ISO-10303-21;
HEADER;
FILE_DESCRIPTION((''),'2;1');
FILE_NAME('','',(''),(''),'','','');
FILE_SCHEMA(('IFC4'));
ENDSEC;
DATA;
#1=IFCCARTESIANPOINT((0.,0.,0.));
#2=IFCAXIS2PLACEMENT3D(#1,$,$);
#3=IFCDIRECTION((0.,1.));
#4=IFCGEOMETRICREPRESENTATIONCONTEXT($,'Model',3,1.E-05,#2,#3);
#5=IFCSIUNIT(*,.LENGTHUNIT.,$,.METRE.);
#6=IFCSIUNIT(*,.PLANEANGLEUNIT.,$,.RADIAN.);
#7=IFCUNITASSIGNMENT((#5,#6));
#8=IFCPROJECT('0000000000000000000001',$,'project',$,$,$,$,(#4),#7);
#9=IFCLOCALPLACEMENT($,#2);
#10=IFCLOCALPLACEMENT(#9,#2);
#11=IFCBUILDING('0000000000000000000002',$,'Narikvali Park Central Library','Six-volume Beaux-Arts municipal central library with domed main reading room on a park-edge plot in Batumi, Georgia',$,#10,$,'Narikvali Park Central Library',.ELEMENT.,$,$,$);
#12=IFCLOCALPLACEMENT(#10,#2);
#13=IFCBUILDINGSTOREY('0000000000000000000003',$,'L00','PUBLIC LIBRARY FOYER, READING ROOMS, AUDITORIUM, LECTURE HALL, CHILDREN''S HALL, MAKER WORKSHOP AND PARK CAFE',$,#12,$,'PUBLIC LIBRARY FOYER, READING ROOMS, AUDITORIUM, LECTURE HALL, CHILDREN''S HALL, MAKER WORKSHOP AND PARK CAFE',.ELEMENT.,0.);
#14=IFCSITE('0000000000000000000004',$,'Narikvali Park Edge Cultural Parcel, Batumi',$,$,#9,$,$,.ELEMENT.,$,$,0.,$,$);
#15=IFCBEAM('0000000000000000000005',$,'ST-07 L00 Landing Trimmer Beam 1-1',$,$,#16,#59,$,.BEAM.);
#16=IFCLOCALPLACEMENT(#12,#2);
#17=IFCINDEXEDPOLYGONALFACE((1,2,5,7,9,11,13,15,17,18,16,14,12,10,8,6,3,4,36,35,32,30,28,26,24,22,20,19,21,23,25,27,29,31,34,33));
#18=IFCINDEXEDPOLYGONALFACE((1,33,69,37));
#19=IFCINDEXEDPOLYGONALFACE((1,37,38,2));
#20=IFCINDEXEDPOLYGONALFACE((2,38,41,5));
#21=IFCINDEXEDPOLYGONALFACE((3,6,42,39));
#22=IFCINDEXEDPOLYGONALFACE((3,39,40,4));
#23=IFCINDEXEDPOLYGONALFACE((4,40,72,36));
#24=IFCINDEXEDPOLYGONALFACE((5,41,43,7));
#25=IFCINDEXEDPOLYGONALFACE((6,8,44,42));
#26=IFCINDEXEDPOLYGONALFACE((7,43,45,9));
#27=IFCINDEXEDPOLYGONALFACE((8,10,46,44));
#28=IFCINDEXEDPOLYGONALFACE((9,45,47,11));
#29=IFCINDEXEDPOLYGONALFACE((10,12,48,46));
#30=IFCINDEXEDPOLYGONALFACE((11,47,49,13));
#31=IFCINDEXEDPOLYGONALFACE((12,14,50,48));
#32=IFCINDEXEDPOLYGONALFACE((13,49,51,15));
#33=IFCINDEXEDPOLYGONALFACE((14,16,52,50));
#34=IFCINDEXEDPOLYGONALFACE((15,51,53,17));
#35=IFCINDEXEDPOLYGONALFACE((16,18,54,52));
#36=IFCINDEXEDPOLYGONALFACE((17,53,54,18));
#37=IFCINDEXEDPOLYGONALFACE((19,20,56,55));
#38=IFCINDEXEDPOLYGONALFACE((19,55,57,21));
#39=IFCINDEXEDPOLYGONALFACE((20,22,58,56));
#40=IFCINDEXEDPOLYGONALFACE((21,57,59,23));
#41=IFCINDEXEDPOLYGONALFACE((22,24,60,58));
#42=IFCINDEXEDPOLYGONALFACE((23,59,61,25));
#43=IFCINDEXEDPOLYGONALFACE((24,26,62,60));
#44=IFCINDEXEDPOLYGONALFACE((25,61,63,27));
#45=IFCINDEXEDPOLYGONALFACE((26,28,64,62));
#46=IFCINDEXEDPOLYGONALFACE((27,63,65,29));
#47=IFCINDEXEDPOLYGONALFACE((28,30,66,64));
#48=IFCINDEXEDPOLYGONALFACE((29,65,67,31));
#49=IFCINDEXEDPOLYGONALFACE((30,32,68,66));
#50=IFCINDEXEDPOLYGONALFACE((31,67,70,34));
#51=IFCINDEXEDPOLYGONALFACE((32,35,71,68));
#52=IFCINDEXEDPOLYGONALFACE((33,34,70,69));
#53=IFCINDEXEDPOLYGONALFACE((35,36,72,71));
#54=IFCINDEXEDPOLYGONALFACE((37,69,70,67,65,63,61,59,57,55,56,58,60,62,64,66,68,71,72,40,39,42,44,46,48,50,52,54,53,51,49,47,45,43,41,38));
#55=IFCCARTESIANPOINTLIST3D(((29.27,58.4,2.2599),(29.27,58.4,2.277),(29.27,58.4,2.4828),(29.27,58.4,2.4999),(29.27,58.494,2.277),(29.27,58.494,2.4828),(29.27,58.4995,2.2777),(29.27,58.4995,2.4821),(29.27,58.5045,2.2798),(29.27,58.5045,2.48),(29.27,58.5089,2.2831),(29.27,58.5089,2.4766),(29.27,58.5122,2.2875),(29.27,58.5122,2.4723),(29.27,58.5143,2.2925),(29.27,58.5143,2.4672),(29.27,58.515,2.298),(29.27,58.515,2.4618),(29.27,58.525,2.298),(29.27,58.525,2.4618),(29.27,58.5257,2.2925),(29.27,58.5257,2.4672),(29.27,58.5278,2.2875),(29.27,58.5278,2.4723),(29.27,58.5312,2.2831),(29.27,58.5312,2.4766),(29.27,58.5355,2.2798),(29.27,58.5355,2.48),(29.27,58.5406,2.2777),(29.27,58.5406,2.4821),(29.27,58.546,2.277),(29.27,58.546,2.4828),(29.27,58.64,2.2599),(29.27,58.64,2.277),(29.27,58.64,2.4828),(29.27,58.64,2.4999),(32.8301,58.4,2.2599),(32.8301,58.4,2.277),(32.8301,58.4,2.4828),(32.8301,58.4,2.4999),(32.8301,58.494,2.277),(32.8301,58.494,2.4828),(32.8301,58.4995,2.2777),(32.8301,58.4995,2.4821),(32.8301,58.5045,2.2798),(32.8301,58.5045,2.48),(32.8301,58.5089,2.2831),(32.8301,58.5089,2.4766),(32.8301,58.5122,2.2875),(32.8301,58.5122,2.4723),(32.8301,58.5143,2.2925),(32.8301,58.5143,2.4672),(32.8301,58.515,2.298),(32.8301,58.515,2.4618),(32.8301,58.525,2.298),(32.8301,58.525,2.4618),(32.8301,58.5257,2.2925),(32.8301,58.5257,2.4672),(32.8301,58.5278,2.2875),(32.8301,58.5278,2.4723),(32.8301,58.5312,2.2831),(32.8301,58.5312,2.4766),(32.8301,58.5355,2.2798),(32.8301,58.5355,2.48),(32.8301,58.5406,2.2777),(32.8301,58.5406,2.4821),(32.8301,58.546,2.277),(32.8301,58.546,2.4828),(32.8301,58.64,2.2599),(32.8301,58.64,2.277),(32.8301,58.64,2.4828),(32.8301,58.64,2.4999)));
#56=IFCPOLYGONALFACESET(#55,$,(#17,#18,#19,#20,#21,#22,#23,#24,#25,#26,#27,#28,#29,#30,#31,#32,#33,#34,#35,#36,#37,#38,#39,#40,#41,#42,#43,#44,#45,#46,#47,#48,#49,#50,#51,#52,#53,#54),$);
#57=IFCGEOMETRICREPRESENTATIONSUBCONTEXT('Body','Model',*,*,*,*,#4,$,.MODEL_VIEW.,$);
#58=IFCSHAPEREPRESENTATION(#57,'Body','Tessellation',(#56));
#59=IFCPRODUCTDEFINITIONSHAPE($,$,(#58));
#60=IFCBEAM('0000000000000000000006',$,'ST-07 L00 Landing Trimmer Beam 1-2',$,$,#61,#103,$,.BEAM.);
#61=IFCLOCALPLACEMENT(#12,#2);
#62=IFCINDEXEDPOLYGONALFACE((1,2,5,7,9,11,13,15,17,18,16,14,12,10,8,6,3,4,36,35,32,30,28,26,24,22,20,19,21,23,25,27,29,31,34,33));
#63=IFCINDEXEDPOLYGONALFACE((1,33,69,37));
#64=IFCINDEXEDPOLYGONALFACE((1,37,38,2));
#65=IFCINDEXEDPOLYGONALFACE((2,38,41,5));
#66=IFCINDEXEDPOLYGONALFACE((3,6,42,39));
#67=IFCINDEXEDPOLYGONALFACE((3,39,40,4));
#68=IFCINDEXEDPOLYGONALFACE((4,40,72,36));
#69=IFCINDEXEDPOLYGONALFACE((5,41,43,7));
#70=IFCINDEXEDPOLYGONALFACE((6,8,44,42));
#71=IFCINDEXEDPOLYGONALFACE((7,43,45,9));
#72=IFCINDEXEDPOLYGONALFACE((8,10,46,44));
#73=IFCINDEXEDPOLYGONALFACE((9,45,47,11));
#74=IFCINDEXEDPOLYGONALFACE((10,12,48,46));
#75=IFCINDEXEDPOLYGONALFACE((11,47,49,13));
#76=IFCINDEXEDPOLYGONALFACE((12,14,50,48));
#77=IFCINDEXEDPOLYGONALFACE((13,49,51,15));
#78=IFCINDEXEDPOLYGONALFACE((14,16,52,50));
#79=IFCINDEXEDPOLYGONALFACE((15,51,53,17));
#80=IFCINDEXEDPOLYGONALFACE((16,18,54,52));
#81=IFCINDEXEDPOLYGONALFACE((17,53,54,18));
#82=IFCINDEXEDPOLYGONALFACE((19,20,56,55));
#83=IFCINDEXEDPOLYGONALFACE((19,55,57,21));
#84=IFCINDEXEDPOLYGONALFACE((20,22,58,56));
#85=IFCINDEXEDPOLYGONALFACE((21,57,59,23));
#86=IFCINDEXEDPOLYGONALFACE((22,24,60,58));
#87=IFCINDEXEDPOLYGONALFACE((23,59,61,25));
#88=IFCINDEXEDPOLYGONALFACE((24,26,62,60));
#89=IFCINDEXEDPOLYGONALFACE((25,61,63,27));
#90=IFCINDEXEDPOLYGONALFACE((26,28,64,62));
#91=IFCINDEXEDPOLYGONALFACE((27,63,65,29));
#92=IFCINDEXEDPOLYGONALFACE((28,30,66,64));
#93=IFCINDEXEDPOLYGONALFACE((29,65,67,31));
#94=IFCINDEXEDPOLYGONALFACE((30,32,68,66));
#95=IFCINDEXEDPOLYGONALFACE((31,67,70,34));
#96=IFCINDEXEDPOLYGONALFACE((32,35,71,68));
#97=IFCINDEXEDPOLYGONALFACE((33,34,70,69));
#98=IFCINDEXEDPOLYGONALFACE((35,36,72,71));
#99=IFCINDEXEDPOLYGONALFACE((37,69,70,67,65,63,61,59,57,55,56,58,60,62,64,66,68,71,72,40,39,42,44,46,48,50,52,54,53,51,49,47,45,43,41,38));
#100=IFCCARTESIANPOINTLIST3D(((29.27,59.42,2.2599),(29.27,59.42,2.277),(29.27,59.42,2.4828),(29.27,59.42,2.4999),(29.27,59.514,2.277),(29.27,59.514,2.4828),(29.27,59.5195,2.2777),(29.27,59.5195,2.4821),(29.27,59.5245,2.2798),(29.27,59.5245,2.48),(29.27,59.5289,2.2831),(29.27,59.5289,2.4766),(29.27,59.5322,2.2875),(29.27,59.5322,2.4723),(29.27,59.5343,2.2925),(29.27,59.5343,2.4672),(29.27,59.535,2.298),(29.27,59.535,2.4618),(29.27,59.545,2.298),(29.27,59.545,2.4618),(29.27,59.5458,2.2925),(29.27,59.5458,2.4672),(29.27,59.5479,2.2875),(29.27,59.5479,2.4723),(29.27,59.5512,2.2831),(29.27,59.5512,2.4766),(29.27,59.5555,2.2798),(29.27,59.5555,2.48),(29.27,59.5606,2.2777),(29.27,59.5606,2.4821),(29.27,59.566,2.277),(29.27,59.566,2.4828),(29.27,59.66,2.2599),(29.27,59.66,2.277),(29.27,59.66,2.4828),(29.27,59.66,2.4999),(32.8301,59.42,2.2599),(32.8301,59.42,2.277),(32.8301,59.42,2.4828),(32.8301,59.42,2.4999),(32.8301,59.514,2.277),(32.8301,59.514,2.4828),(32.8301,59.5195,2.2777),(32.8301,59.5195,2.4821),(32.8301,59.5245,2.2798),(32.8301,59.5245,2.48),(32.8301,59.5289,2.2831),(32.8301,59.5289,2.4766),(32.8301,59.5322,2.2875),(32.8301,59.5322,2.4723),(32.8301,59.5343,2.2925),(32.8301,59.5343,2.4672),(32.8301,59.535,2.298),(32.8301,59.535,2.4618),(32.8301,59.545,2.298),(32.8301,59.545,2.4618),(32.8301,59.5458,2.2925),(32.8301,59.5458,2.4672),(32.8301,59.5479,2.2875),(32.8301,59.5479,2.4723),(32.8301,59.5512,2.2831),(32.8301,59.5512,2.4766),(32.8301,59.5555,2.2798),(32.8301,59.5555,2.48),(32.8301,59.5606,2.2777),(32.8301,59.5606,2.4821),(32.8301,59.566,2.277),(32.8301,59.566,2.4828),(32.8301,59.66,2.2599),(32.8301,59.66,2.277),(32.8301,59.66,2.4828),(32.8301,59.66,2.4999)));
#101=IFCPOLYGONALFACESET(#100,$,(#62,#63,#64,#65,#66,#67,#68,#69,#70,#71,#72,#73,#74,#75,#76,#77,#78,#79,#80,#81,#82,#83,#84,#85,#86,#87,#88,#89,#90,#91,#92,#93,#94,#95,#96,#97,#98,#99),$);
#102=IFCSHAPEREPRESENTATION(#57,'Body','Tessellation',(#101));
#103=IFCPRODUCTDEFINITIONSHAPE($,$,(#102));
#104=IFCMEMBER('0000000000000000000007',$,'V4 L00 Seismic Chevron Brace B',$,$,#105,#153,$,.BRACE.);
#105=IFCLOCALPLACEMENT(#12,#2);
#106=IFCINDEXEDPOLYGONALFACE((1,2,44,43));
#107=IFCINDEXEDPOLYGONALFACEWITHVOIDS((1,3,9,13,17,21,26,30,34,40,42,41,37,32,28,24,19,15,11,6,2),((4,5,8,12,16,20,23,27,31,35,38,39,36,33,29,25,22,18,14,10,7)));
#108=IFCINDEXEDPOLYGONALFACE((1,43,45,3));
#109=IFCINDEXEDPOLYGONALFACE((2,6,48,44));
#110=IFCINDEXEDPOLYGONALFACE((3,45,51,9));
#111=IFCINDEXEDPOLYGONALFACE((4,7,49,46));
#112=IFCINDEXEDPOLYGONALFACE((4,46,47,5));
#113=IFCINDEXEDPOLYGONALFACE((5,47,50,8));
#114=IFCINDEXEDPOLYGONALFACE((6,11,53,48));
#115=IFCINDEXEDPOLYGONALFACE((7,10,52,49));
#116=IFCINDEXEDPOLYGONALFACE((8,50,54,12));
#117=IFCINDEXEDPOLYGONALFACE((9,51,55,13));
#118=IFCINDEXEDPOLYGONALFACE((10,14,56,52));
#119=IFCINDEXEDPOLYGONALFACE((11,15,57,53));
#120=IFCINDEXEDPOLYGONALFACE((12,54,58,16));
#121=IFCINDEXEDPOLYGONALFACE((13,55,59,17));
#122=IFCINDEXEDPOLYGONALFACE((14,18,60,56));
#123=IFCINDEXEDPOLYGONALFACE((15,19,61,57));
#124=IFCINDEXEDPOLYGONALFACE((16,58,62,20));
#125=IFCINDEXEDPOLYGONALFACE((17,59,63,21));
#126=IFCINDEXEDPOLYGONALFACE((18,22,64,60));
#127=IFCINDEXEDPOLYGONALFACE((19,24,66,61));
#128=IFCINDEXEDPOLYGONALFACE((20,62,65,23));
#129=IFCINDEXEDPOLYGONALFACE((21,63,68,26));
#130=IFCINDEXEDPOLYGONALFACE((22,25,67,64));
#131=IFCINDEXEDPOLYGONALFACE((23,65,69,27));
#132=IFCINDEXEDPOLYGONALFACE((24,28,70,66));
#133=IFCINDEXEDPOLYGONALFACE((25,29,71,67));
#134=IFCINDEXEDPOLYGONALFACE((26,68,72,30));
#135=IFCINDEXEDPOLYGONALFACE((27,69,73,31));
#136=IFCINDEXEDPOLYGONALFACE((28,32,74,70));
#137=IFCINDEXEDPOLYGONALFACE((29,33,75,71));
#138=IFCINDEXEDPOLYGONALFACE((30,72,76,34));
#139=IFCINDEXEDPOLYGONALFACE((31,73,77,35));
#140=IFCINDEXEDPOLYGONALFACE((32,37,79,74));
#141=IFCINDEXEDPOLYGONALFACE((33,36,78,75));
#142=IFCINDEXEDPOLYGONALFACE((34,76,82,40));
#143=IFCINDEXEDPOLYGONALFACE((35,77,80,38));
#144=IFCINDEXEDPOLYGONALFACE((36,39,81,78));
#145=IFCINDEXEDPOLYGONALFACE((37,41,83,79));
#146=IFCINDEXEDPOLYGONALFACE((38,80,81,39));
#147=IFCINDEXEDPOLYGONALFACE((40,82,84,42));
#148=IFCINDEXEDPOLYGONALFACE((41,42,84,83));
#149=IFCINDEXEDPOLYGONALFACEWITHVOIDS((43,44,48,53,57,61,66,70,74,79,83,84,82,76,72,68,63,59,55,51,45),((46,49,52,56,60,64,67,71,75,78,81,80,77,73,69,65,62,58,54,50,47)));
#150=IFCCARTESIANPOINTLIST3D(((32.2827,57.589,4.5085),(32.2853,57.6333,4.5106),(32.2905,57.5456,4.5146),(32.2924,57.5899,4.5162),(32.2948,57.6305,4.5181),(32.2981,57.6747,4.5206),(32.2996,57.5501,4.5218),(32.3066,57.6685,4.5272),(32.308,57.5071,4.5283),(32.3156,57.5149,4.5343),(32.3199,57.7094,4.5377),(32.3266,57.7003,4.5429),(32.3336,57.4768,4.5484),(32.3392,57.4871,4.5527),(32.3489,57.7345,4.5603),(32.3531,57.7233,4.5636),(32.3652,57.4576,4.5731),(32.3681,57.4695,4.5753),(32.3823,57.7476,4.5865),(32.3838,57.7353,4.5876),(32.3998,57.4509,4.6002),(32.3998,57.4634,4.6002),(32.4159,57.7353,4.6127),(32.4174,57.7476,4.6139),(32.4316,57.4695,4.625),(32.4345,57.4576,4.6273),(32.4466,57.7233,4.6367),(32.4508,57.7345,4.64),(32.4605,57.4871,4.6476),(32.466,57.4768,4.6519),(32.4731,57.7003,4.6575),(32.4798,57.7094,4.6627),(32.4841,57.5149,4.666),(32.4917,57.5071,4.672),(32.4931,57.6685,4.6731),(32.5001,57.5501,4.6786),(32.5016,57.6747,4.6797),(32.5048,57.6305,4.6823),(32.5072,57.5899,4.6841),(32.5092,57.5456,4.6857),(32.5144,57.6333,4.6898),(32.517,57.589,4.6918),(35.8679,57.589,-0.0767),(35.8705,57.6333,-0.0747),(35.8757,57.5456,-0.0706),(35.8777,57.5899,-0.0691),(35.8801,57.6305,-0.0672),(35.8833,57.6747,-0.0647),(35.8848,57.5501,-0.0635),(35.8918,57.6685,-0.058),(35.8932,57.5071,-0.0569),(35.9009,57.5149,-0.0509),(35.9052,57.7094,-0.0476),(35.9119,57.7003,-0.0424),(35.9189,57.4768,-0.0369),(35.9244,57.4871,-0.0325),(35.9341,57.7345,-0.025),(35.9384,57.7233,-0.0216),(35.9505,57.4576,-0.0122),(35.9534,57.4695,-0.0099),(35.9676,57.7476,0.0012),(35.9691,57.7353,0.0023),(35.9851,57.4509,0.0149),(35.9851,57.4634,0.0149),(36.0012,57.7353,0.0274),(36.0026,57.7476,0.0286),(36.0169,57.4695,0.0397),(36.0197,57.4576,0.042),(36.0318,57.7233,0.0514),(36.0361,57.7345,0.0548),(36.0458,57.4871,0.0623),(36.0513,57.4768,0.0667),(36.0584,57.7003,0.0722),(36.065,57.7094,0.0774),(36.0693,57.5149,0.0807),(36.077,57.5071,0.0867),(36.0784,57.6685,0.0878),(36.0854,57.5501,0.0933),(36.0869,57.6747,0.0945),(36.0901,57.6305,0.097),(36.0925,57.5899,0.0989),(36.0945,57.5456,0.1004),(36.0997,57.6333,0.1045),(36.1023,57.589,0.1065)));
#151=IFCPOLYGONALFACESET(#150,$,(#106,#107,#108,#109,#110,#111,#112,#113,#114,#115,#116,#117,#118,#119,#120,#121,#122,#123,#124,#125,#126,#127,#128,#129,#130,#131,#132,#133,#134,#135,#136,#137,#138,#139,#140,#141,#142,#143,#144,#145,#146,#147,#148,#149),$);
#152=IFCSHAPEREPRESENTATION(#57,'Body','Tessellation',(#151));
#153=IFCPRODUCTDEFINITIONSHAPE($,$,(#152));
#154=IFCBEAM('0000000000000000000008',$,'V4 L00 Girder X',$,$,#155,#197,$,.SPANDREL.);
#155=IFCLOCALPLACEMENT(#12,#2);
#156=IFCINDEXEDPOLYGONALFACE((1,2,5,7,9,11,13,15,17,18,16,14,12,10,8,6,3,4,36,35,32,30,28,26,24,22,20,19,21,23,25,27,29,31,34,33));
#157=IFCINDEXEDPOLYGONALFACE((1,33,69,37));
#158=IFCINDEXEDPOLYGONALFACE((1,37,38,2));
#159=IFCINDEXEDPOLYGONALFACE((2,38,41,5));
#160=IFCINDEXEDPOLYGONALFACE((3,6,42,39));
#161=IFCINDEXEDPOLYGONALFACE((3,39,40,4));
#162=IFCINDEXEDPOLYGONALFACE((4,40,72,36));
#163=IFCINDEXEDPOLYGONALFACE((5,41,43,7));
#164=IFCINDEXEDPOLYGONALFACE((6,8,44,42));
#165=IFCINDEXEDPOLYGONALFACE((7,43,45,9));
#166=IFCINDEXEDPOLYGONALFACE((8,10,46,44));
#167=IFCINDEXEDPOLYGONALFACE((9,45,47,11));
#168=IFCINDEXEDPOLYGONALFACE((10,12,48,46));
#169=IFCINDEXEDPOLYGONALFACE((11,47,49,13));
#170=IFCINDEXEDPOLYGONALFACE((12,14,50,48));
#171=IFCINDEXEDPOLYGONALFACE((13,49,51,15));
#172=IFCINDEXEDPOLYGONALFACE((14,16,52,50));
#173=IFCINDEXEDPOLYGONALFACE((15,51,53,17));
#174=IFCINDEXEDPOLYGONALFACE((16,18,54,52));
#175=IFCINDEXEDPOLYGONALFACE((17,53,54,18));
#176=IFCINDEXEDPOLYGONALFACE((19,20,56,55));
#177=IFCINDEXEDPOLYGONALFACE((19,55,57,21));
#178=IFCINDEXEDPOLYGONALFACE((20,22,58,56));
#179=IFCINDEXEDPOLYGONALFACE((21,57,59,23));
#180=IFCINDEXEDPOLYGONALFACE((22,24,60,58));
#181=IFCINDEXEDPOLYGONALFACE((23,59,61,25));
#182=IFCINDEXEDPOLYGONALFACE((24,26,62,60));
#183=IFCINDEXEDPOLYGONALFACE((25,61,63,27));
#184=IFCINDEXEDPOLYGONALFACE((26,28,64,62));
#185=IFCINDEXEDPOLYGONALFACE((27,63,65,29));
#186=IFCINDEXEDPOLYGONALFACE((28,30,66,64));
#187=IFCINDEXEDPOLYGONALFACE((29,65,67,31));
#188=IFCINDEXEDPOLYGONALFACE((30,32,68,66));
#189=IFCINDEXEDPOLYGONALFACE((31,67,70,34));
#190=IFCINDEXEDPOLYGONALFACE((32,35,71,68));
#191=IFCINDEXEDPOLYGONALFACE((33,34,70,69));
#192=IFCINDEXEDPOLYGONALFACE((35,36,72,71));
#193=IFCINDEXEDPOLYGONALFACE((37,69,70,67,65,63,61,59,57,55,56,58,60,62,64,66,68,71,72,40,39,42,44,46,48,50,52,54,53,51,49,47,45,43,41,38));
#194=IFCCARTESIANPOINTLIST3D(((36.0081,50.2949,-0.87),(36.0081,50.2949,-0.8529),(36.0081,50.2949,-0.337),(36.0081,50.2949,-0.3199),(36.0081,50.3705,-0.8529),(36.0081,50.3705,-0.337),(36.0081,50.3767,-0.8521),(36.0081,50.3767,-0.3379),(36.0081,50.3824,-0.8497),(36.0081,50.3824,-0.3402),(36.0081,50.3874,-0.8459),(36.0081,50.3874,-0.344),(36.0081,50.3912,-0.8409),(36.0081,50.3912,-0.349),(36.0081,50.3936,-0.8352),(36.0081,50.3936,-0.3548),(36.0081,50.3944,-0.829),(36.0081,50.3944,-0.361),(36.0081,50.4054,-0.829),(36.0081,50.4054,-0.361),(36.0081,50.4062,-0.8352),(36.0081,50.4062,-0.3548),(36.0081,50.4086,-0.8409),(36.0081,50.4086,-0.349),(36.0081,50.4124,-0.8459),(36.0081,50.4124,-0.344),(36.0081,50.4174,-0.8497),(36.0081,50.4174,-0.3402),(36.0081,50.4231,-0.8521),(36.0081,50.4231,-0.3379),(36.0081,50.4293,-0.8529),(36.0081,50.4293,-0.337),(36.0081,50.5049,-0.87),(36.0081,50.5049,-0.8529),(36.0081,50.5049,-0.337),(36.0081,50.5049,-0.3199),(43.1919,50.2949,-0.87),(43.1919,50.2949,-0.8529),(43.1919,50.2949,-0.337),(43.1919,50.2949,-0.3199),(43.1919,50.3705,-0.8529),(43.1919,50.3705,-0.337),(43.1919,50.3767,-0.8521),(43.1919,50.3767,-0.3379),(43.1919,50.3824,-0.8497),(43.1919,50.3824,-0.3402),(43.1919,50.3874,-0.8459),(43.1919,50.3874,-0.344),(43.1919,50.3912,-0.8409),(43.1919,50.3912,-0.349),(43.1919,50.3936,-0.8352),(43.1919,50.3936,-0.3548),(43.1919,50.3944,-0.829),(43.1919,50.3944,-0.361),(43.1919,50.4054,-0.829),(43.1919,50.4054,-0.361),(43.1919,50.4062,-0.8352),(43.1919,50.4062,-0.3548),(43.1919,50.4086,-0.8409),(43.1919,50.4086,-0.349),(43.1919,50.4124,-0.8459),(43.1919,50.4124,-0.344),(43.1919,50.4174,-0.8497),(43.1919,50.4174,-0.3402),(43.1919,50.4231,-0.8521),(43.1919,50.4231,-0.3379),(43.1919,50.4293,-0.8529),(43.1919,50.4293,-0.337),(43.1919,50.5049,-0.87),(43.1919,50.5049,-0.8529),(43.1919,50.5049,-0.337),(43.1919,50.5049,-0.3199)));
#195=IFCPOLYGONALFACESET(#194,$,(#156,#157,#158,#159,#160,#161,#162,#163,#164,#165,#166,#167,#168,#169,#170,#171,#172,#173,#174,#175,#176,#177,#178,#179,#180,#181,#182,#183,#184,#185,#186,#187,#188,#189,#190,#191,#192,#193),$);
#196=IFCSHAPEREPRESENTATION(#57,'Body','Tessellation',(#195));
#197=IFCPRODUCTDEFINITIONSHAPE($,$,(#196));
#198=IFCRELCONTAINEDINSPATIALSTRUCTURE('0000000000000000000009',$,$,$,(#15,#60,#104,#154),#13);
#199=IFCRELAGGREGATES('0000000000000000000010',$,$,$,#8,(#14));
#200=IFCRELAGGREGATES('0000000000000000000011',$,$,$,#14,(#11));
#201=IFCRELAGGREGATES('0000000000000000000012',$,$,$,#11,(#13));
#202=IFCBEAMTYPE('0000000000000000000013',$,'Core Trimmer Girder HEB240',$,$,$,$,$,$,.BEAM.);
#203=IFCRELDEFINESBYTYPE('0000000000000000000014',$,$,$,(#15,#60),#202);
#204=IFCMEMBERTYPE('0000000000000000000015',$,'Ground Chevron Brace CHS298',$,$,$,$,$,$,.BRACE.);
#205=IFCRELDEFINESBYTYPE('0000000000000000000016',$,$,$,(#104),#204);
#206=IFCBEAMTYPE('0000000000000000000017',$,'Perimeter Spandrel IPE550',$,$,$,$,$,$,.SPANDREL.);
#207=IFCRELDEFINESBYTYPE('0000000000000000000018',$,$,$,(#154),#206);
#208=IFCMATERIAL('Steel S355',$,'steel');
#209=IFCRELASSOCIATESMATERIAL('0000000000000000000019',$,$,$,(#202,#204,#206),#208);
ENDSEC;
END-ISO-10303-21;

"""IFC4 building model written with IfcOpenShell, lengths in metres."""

from ifc_helpers import new_model, si_unit, direction, frame, origin, origin_2d, place, context, subcontext, project, spatial, hollow_circle, i_section, extrude, material, material_profile, profile_set, type_object, element, save


model = new_model("IFC4")

# Units and contexts
model_context = context("Model", 3, precision=1e-05, world=origin(), true_north=direction((0.0, 1.0)))
body_context = subcontext(model_context, "Body", "Model", "MODEL_VIEW")
ifc_project = project(units=[si_unit("LENGTHUNIT", "METRE"), si_unit("PLANEANGLEUNIT", "RADIAN")], contexts=[model_context])

# Site, building, storey
site_placement = place(None, origin())
site = spatial("IfcSite", under=ifc_project, at=site_placement, Name="Narikvali Park Edge Cultural Parcel, Batumi", CompositionType="ELEMENT", RefElevation=0.0)
building_placement = place(site_placement, origin())
building = spatial("IfcBuilding", under=site, at=building_placement, Name="Narikvali Park Central Library", Description="Six-volume Beaux-Arts municipal central library with domed main reading room on a park-edge plot in Batumi, Georgia", LongName="Narikvali Park Central Library", CompositionType="ELEMENT")
storey_placement = place(building_placement, origin())
storey = spatial("IfcBuildingStorey", under=building, at=storey_placement, Name="L00", Description="PUBLIC LIBRARY FOYER, READING ROOMS, AUDITORIUM, LECTURE HALL, CHILDREN'S HALL, MAKER WORKSHOP AND PARK CAFE", LongName="PUBLIC LIBRARY FOYER, READING ROOMS, AUDITORIUM, LECTURE HALL, CHILDREN'S HALL, MAKER WORKSHOP AND PARK CAFE", CompositionType="ELEMENT", Elevation=0.0)

# Shared definitions
ifc_material_1 = material(Name="Steel S355", Category="steel")

# Beams
ifc_material_profile_1 = material_profile(ifc_material_1, i_section(OverallWidth=0.24, OverallDepth=0.24, WebThickness=0.01, FlangeThickness=0.0171, FilletRadius=0.021, at=origin_2d()), Name="HEB 240")
ifc_profile_set_1 = profile_set([ifc_material_profile_1], Name="Steel S355")
beam_type_1 = type_object("IfcBeamType", Name="Core Trimmer Girder HEB240", PredefinedType="BEAM", material=ifc_profile_set_1)
for number, where, z_axis, x_axis, name in (
    (1, (29.27, 58.52, 2.3799), (1.0, 0.0, 0.0), (0.0, 1.0, 0.0), "ST-07 L00 Landing Trimmer Beam 1-1"),
    (2, (29.27, 59.54, 2.3799), (1.0, 0.0, 0.0), (0.0, 1.0, 0.0), "ST-07 L00 Landing Trimmer Beam 1-2"),
):
    element("IfcBeam", number, at=place(storey_placement, frame(where, z_axis=z_axis, x_axis=x_axis)), inside=storey, type_object=beam_type_1, Name=name, PredefinedType="BEAM", context=body_context, shape_type="SweptSolid", body=[
        extrude(i_section(OverallWidth=0.24, OverallDepth=0.24, WebThickness=0.01, FlangeThickness=0.0171, FilletRadius=0.021, at=origin_2d()), origin(), (0.0, 0.0, 1.0), 3.5601),
    ])

# Member
ifc_material_profile_2 = material_profile(ifc_material_1, hollow_circle(Radius=0.1492, WallThickness=0.0125, at=origin_2d()), Name="CHS 298.5x12.5")
ifc_profile_set_2 = profile_set([ifc_material_profile_2], Name="Steel S355")
member_type = type_object("IfcMemberType", Name="Ground Chevron Brace CHS298", PredefinedType="BRACE", material=ifc_profile_set_2)
member_placement = place(storey_placement, frame((35.9851, 57.6001, 0.0149), z_axis=(-0.615966, 0.0, 0.787773), x_axis=(0.0, -1.0, 0.0)))
element("IfcMember", 3, at=member_placement, inside=storey, type_object=member_type, Name="V4 L00 Seismic Chevron Brace B", PredefinedType="BRACE", context=body_context, shape_type="SweptSolid", body=[
    extrude(hollow_circle(Radius=0.1492, WallThickness=0.0125, at=origin_2d()), origin(), (0.0, 0.0, 1.0), 5.8206),
])

# Beam
ifc_material_profile_3 = material_profile(ifc_material_1, i_section(OverallWidth=0.21, OverallDepth=0.55, WebThickness=0.011, FlangeThickness=0.0171, FilletRadius=0.0239, at=origin_2d()), Name="IPE 550")
ifc_profile_set_3 = profile_set([ifc_material_profile_3], Name="Steel S355")
beam_type_2 = type_object("IfcBeamType", Name="Perimeter Spandrel IPE550", PredefinedType="SPANDREL", material=ifc_profile_set_3)
beam_1_placement = place(storey_placement, frame((36.0081, 50.3999, -0.595), z_axis=(1.0, 0.0, 0.0), x_axis=(0.0, 1.0, 0.0)))
element("IfcBeam", 4, at=beam_1_placement, inside=storey, type_object=beam_type_2, Name="V4 L00 Girder X", PredefinedType="SPANDREL", context=body_context, shape_type="SweptSolid", body=[
    extrude(i_section(OverallWidth=0.21, OverallDepth=0.55, WebThickness=0.011, FlangeThickness=0.0171, FilletRadius=0.0239, at=origin_2d()), origin(), (0.0, 0.0, 1.0), 7.1838),
])

save(model, "model.ifc")
